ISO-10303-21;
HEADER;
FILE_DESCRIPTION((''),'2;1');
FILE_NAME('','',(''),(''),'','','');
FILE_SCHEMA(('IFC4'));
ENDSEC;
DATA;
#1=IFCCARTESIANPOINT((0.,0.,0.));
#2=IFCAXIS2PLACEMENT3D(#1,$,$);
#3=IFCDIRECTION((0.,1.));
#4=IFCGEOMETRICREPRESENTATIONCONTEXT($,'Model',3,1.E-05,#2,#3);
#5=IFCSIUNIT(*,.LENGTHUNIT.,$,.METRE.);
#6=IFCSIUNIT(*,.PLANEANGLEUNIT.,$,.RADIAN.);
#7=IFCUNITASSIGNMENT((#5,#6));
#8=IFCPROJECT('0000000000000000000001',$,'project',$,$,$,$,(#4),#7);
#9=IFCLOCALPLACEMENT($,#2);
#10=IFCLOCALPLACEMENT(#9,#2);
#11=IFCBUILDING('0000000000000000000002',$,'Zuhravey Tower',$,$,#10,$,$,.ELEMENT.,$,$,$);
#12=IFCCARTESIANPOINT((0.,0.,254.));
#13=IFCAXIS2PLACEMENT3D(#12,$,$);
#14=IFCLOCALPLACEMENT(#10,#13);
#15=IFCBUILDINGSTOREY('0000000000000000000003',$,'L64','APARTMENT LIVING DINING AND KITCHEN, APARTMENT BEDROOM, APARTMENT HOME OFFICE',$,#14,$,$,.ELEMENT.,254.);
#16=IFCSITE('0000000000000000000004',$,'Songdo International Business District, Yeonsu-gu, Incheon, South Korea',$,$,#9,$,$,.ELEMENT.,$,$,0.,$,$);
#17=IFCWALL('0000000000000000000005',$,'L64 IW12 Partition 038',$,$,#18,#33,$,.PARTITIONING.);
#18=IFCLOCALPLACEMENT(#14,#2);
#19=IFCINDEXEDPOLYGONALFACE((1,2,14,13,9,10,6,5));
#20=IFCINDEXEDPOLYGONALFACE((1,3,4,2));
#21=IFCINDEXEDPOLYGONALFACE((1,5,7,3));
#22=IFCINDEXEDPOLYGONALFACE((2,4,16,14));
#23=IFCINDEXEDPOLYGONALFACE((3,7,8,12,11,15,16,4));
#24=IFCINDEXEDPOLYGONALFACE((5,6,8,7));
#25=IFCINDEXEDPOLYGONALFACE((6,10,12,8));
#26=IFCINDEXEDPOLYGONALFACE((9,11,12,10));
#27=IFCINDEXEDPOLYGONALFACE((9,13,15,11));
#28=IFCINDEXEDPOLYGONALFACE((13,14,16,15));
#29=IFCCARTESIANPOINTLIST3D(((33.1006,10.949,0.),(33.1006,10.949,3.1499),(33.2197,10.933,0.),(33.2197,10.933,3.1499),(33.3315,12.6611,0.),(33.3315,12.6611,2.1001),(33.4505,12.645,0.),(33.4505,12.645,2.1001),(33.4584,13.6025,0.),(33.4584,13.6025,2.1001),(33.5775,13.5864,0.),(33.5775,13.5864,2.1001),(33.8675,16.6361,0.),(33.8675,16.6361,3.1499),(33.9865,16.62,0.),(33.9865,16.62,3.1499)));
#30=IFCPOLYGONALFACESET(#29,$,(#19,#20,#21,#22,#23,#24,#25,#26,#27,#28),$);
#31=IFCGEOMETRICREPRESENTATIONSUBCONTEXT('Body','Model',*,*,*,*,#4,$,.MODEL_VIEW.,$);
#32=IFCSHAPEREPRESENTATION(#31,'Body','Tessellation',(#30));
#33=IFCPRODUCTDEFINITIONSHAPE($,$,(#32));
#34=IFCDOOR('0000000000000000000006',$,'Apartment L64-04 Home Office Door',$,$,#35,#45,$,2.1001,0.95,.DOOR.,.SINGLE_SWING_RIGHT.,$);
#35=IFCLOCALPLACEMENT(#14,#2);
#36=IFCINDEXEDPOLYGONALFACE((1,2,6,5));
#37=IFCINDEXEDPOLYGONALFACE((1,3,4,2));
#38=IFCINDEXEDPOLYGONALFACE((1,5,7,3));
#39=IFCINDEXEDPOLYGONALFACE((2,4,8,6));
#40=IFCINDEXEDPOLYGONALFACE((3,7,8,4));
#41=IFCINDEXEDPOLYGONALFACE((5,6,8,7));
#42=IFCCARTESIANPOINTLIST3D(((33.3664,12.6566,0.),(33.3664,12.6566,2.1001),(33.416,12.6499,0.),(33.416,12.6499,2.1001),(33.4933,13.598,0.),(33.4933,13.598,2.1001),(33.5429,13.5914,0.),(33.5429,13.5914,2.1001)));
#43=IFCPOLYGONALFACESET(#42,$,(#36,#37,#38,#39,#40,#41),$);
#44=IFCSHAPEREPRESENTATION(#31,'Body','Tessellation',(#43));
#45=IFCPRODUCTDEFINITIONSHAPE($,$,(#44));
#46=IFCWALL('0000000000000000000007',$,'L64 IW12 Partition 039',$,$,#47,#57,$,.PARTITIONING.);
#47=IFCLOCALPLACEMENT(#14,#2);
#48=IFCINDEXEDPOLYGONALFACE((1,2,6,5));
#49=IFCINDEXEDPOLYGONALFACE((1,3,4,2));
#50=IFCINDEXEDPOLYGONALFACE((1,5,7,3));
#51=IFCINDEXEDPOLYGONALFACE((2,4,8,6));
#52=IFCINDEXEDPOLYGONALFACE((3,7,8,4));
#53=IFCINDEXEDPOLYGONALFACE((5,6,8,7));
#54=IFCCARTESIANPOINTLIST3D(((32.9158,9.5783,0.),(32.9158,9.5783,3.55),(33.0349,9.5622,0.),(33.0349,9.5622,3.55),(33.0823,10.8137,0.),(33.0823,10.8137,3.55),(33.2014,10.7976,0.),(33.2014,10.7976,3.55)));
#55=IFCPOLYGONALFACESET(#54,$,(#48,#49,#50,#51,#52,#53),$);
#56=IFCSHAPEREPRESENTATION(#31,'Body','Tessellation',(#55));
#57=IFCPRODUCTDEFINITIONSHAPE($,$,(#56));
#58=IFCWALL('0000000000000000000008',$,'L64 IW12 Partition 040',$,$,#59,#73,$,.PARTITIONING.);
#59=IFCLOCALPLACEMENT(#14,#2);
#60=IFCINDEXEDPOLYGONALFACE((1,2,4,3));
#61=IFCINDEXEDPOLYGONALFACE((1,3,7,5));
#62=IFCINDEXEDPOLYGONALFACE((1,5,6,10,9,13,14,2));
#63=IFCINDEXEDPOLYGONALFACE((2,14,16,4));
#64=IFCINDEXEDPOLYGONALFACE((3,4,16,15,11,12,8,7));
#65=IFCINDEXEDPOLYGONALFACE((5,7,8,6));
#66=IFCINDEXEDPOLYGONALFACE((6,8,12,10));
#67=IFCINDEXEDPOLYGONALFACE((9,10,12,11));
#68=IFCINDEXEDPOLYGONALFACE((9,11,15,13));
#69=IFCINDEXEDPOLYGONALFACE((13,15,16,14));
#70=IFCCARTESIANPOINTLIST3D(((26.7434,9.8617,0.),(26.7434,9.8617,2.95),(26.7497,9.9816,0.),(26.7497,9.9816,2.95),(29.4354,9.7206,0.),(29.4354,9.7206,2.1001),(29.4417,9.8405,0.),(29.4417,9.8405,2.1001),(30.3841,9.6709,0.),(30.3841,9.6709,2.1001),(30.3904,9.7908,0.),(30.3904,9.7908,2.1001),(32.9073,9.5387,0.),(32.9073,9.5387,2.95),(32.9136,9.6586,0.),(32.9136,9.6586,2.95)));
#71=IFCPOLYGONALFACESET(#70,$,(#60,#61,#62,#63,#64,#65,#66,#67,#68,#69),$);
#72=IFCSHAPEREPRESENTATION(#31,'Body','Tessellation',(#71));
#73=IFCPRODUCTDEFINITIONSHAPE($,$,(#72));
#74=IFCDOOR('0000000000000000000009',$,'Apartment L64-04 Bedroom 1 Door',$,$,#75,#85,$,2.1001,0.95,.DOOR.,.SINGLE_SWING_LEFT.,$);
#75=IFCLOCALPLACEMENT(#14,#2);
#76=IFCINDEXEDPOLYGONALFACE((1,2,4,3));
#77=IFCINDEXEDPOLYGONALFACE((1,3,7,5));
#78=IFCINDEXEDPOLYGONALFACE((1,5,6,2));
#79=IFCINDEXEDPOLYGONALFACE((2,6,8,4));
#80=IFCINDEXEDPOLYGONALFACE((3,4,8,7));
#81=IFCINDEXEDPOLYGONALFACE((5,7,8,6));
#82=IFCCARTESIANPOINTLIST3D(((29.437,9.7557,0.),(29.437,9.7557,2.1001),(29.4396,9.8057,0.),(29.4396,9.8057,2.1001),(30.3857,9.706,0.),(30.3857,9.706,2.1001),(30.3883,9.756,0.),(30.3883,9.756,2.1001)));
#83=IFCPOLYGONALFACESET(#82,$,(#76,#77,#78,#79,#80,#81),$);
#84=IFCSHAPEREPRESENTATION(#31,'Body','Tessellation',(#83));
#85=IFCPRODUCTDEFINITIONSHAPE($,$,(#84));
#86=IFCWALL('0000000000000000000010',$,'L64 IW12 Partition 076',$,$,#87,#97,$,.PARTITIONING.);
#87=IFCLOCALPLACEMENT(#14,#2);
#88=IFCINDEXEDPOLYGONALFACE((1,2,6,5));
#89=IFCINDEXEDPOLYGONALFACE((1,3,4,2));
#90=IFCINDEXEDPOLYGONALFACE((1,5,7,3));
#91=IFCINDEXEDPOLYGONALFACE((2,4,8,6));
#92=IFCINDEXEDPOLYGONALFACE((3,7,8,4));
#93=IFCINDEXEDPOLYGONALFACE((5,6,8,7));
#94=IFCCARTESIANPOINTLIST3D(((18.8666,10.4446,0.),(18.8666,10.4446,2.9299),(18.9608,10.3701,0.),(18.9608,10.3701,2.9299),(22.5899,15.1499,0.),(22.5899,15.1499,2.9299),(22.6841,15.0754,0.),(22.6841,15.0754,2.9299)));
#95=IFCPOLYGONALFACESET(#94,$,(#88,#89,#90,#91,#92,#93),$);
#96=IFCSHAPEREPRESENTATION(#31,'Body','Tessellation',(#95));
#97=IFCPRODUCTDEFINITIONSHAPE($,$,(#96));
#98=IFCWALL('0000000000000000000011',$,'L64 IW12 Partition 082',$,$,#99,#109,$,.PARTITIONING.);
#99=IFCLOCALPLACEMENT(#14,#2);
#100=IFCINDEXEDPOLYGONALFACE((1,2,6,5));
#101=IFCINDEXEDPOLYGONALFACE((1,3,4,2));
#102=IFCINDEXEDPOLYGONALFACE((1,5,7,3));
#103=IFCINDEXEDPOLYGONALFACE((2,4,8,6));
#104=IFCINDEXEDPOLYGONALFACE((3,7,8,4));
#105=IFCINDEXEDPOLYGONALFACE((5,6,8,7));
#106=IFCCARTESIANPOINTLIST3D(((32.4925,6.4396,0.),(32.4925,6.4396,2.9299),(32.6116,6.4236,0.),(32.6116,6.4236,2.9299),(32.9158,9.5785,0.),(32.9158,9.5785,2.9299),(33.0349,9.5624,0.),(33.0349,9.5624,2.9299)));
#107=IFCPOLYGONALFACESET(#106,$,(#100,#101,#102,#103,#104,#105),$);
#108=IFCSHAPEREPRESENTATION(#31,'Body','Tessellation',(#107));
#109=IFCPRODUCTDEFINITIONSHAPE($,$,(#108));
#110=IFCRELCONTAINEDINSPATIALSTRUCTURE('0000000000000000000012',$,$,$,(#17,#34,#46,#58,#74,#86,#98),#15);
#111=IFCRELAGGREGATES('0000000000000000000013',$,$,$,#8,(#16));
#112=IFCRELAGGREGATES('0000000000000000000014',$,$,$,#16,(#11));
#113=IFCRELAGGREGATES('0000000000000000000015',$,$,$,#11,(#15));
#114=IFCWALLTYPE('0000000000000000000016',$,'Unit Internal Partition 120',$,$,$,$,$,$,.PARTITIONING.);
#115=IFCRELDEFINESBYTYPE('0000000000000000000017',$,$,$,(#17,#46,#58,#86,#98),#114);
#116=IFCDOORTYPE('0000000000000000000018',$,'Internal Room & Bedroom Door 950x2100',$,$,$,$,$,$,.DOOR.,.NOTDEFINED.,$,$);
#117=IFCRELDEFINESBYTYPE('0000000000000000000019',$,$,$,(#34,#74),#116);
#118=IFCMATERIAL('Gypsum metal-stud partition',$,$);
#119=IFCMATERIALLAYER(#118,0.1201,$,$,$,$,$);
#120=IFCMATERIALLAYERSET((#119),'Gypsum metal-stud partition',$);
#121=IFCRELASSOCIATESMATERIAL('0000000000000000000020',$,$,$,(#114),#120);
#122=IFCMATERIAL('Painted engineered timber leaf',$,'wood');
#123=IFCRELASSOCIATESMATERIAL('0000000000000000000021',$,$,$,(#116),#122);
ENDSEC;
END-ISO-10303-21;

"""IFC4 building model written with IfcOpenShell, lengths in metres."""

from ifc_helpers import new_model, si_unit, direction, frame, frame_2d, origin, place, context, subcontext, project, spatial, rectangle, extrude, material, layer, layer_set, type_object, element, fill, save


model = new_model("IFC4")

# Units and contexts
model_context = context("Model", 3, precision=1e-05, world=origin(), true_north=direction((0.0, 1.0)))
body_context = subcontext(model_context, "Body", "Model", "MODEL_VIEW")
ifc_project = project(units=[si_unit("LENGTHUNIT", "METRE"), si_unit("PLANEANGLEUNIT", "RADIAN")], contexts=[model_context])

# Site, building, storey
site_placement = place(None, origin())
site = spatial("IfcSite", under=ifc_project, at=site_placement, Name="Songdo International Business District, Yeonsu-gu, Incheon, South Korea", CompositionType="ELEMENT", RefElevation=0.0)
building_placement = place(site_placement, origin())
building = spatial("IfcBuilding", under=site, at=building_placement, Name="Zuhravey Tower", CompositionType="ELEMENT")
storey_placement = place(building_placement, frame((0.0, 0.0, 254.0)))
storey = spatial("IfcBuildingStorey", under=building, at=storey_placement, Name="L64", Description="APARTMENT LIVING DINING AND KITCHEN, APARTMENT BEDROOM, APARTMENT HOME OFFICE", CompositionType="ELEMENT", Elevation=254.0)

# Shared definitions
ifc_material_1 = material(Name="Gypsum metal-stud partition")
ifc_layer_1 = layer(ifc_material_1, 0.1201)
ifc_layer_set_1 = layer_set([ifc_layer_1], Name="Gypsum metal-stud partition")
wall_type_1 = type_object("IfcWallType", Name="Unit Internal Partition 120", PredefinedType="PARTITIONING", material=ifc_layer_set_1)
ifc_material_2 = material(Name="Painted engineered timber leaf", Category="wood")
door_type = type_object("IfcDoorType", Name="Internal Room & Bedroom Door 950x2100", OperationType="NOTDEFINED", PredefinedType="DOOR", material=ifc_material_2)

# Wall, opening, door
wall_1_placement = place(storey_placement, frame((33.927, 16.6279, 0.0), z_axis=(0.0, 0.0, 1.0), x_axis=(-0.133632, -0.991031, 0.0)))
wall_1 = element("IfcWall", 1, at=wall_1_placement, inside=storey, type_object=wall_type_1, Name="L64 IW12 Partition 038", PredefinedType="PARTITIONING", context=body_context, shape_type="SweptSolid", body=[
    extrude(rectangle(XDim=5.7385, YDim=0.1201, at=frame_2d((2.8691, 0.0))), origin(), (0.0, 0.0, 1.0), 3.1499),
])
opening_1_placement = place(wall_1_placement, frame((3.0608, 0.0, 0.0)))
opening_1 = element("IfcOpeningElement", 2, at=opening_1_placement, cuts=wall_1, PredefinedType="OPENING", context=body_context, shape_type="SweptSolid", body=[
    extrude(rectangle(XDim=0.95, YDim=2.1001, at=frame_2d((0.4751, 1.05))), frame((0.0, 0.072, 0.0), z_axis=(0.0, -1.0, 0.0), x_axis=(1.0, 0.0, 0.0)), (0.0, 0.0, 1.0), 0.144),
])
door_1_placement = place(opening_1_placement, frame((0.95, 0.0, 0.0), z_axis=(0.0, 0.0, 1.0), x_axis=(-1.0, 0.0, 0.0)))
door_1 = element("IfcDoor", 3, at=door_1_placement, inside=storey, type_object=door_type, Name="Apartment L64-04 Home Office Door", OperationType="SINGLE_SWING_RIGHT", OverallHeight=2.1001, OverallWidth=0.95, PredefinedType="DOOR", context=body_context, shape_type="SweptSolid", body=[
    extrude(rectangle(XDim=0.95, YDim=2.1001, at=frame_2d((0.4751, 1.05))), frame((0.0, 0.0249, 0.0), z_axis=(0.0, -1.0, 0.0), x_axis=(1.0, 0.0, 0.0)), (0.0, 0.0, 1.0), 0.05),
])
fill(opening_1, door_1)

# Wall
wall_2_placement = place(storey_placement, frame((33.1418, 10.8057, 0.0), z_axis=(0.0, 0.0, 1.0), x_axis=(-0.133575, -0.991039, 0.0)))
element("IfcWall", 4, at=wall_2_placement, inside=storey, type_object=wall_type_1, Name="L64 IW12 Partition 039", PredefinedType="PARTITIONING", context=body_context, shape_type="SweptSolid", body=[
    extrude(rectangle(XDim=1.2466, YDim=0.1201, at=frame_2d((0.6233, 0.0))), origin(), (0.0, 0.0, 1.0), 3.55),
])

# Wall, opening, door
wall_3_placement = place(storey_placement, frame((26.7466, 9.9216, 0.0), z_axis=(0.0, 0.0, 1.0), x_axis=(0.99863, -0.05233, 0.0)))
wall_3 = element("IfcWall", 5, at=wall_3_placement, inside=storey, type_object=wall_type_1, Name="L64 IW12 Partition 040", PredefinedType="PARTITIONING", context=body_context, shape_type="SweptSolid", body=[
    extrude(rectangle(XDim=6.1724, YDim=0.1201, at=frame_2d((3.0862, 0.0))), origin(), (0.0, 0.0, 1.0), 2.95),
])
opening_2_placement = place(wall_3_placement, frame((2.6956, 0.0, 0.0)))
opening_2 = element("IfcOpeningElement", 6, at=opening_2_placement, cuts=wall_3, PredefinedType="OPENING", context=body_context, shape_type="SweptSolid", body=[
    extrude(rectangle(XDim=0.95, YDim=2.1001, at=frame_2d((0.4751, 1.05))), frame((0.0, 0.072, 0.0), z_axis=(0.0, -1.0, 0.0), x_axis=(1.0, 0.0, 0.0)), (0.0, 0.0, 1.0), 0.144),
])
door_2_placement = place(opening_2_placement, frame((0.95, 0.0, 0.0), z_axis=(0.0, 0.0, 1.0), x_axis=(-1.0, 0.0, 0.0)))
door_2 = element("IfcDoor", 7, at=door_2_placement, inside=storey, type_object=door_type, Name="Apartment L64-04 Bedroom 1 Door", OperationType="SINGLE_SWING_LEFT", OverallHeight=2.1001, OverallWidth=0.95, PredefinedType="DOOR", context=body_context, shape_type="SweptSolid", body=[
    extrude(rectangle(XDim=0.95, YDim=2.1001, at=frame_2d((0.4751, 1.05))), frame((0.0, 0.0249, 0.0), z_axis=(0.0, -1.0, 0.0), x_axis=(1.0, 0.0, 0.0)), (0.0, 0.0, 1.0), 0.05),
])
fill(opening_2, door_2)

# Walls
wall_4_placement = place(storey_placement, frame((22.637, 15.1125, 0.0), z_axis=(0.0, 0.0, 1.0), x_axis=(-0.620533, -0.78418, 0.0)))
element("IfcWall", 8, at=wall_4_placement, inside=storey, type_object=wall_type_1, Name="L64 IW12 Partition 076", PredefinedType="PARTITIONING", context=body_context, shape_type="SweptSolid", body=[
    extrude(rectangle(XDim=6.0002, YDim=0.1201, at=frame_2d((3.0, 0.0))), origin(), (0.0, 0.0, 1.0), 2.9299),
])
wall_5_placement = place(storey_placement, frame((32.9753, 9.5703, 0.0), z_axis=(0.0, 0.0, 1.0), x_axis=(-0.133658, -0.991028, 0.0)))
element("IfcWall", 9, at=wall_5_placement, inside=storey, type_object=wall_type_1, Name="L64 IW12 Partition 082", PredefinedType="PARTITIONING", context=body_context, shape_type="SweptSolid", body=[
    extrude(rectangle(XDim=3.1672, YDim=0.1201, at=frame_2d((1.5835, 0.0))), origin(), (0.0, 0.0, 1.0), 2.9299),
])

save(model, "model.ifc")
